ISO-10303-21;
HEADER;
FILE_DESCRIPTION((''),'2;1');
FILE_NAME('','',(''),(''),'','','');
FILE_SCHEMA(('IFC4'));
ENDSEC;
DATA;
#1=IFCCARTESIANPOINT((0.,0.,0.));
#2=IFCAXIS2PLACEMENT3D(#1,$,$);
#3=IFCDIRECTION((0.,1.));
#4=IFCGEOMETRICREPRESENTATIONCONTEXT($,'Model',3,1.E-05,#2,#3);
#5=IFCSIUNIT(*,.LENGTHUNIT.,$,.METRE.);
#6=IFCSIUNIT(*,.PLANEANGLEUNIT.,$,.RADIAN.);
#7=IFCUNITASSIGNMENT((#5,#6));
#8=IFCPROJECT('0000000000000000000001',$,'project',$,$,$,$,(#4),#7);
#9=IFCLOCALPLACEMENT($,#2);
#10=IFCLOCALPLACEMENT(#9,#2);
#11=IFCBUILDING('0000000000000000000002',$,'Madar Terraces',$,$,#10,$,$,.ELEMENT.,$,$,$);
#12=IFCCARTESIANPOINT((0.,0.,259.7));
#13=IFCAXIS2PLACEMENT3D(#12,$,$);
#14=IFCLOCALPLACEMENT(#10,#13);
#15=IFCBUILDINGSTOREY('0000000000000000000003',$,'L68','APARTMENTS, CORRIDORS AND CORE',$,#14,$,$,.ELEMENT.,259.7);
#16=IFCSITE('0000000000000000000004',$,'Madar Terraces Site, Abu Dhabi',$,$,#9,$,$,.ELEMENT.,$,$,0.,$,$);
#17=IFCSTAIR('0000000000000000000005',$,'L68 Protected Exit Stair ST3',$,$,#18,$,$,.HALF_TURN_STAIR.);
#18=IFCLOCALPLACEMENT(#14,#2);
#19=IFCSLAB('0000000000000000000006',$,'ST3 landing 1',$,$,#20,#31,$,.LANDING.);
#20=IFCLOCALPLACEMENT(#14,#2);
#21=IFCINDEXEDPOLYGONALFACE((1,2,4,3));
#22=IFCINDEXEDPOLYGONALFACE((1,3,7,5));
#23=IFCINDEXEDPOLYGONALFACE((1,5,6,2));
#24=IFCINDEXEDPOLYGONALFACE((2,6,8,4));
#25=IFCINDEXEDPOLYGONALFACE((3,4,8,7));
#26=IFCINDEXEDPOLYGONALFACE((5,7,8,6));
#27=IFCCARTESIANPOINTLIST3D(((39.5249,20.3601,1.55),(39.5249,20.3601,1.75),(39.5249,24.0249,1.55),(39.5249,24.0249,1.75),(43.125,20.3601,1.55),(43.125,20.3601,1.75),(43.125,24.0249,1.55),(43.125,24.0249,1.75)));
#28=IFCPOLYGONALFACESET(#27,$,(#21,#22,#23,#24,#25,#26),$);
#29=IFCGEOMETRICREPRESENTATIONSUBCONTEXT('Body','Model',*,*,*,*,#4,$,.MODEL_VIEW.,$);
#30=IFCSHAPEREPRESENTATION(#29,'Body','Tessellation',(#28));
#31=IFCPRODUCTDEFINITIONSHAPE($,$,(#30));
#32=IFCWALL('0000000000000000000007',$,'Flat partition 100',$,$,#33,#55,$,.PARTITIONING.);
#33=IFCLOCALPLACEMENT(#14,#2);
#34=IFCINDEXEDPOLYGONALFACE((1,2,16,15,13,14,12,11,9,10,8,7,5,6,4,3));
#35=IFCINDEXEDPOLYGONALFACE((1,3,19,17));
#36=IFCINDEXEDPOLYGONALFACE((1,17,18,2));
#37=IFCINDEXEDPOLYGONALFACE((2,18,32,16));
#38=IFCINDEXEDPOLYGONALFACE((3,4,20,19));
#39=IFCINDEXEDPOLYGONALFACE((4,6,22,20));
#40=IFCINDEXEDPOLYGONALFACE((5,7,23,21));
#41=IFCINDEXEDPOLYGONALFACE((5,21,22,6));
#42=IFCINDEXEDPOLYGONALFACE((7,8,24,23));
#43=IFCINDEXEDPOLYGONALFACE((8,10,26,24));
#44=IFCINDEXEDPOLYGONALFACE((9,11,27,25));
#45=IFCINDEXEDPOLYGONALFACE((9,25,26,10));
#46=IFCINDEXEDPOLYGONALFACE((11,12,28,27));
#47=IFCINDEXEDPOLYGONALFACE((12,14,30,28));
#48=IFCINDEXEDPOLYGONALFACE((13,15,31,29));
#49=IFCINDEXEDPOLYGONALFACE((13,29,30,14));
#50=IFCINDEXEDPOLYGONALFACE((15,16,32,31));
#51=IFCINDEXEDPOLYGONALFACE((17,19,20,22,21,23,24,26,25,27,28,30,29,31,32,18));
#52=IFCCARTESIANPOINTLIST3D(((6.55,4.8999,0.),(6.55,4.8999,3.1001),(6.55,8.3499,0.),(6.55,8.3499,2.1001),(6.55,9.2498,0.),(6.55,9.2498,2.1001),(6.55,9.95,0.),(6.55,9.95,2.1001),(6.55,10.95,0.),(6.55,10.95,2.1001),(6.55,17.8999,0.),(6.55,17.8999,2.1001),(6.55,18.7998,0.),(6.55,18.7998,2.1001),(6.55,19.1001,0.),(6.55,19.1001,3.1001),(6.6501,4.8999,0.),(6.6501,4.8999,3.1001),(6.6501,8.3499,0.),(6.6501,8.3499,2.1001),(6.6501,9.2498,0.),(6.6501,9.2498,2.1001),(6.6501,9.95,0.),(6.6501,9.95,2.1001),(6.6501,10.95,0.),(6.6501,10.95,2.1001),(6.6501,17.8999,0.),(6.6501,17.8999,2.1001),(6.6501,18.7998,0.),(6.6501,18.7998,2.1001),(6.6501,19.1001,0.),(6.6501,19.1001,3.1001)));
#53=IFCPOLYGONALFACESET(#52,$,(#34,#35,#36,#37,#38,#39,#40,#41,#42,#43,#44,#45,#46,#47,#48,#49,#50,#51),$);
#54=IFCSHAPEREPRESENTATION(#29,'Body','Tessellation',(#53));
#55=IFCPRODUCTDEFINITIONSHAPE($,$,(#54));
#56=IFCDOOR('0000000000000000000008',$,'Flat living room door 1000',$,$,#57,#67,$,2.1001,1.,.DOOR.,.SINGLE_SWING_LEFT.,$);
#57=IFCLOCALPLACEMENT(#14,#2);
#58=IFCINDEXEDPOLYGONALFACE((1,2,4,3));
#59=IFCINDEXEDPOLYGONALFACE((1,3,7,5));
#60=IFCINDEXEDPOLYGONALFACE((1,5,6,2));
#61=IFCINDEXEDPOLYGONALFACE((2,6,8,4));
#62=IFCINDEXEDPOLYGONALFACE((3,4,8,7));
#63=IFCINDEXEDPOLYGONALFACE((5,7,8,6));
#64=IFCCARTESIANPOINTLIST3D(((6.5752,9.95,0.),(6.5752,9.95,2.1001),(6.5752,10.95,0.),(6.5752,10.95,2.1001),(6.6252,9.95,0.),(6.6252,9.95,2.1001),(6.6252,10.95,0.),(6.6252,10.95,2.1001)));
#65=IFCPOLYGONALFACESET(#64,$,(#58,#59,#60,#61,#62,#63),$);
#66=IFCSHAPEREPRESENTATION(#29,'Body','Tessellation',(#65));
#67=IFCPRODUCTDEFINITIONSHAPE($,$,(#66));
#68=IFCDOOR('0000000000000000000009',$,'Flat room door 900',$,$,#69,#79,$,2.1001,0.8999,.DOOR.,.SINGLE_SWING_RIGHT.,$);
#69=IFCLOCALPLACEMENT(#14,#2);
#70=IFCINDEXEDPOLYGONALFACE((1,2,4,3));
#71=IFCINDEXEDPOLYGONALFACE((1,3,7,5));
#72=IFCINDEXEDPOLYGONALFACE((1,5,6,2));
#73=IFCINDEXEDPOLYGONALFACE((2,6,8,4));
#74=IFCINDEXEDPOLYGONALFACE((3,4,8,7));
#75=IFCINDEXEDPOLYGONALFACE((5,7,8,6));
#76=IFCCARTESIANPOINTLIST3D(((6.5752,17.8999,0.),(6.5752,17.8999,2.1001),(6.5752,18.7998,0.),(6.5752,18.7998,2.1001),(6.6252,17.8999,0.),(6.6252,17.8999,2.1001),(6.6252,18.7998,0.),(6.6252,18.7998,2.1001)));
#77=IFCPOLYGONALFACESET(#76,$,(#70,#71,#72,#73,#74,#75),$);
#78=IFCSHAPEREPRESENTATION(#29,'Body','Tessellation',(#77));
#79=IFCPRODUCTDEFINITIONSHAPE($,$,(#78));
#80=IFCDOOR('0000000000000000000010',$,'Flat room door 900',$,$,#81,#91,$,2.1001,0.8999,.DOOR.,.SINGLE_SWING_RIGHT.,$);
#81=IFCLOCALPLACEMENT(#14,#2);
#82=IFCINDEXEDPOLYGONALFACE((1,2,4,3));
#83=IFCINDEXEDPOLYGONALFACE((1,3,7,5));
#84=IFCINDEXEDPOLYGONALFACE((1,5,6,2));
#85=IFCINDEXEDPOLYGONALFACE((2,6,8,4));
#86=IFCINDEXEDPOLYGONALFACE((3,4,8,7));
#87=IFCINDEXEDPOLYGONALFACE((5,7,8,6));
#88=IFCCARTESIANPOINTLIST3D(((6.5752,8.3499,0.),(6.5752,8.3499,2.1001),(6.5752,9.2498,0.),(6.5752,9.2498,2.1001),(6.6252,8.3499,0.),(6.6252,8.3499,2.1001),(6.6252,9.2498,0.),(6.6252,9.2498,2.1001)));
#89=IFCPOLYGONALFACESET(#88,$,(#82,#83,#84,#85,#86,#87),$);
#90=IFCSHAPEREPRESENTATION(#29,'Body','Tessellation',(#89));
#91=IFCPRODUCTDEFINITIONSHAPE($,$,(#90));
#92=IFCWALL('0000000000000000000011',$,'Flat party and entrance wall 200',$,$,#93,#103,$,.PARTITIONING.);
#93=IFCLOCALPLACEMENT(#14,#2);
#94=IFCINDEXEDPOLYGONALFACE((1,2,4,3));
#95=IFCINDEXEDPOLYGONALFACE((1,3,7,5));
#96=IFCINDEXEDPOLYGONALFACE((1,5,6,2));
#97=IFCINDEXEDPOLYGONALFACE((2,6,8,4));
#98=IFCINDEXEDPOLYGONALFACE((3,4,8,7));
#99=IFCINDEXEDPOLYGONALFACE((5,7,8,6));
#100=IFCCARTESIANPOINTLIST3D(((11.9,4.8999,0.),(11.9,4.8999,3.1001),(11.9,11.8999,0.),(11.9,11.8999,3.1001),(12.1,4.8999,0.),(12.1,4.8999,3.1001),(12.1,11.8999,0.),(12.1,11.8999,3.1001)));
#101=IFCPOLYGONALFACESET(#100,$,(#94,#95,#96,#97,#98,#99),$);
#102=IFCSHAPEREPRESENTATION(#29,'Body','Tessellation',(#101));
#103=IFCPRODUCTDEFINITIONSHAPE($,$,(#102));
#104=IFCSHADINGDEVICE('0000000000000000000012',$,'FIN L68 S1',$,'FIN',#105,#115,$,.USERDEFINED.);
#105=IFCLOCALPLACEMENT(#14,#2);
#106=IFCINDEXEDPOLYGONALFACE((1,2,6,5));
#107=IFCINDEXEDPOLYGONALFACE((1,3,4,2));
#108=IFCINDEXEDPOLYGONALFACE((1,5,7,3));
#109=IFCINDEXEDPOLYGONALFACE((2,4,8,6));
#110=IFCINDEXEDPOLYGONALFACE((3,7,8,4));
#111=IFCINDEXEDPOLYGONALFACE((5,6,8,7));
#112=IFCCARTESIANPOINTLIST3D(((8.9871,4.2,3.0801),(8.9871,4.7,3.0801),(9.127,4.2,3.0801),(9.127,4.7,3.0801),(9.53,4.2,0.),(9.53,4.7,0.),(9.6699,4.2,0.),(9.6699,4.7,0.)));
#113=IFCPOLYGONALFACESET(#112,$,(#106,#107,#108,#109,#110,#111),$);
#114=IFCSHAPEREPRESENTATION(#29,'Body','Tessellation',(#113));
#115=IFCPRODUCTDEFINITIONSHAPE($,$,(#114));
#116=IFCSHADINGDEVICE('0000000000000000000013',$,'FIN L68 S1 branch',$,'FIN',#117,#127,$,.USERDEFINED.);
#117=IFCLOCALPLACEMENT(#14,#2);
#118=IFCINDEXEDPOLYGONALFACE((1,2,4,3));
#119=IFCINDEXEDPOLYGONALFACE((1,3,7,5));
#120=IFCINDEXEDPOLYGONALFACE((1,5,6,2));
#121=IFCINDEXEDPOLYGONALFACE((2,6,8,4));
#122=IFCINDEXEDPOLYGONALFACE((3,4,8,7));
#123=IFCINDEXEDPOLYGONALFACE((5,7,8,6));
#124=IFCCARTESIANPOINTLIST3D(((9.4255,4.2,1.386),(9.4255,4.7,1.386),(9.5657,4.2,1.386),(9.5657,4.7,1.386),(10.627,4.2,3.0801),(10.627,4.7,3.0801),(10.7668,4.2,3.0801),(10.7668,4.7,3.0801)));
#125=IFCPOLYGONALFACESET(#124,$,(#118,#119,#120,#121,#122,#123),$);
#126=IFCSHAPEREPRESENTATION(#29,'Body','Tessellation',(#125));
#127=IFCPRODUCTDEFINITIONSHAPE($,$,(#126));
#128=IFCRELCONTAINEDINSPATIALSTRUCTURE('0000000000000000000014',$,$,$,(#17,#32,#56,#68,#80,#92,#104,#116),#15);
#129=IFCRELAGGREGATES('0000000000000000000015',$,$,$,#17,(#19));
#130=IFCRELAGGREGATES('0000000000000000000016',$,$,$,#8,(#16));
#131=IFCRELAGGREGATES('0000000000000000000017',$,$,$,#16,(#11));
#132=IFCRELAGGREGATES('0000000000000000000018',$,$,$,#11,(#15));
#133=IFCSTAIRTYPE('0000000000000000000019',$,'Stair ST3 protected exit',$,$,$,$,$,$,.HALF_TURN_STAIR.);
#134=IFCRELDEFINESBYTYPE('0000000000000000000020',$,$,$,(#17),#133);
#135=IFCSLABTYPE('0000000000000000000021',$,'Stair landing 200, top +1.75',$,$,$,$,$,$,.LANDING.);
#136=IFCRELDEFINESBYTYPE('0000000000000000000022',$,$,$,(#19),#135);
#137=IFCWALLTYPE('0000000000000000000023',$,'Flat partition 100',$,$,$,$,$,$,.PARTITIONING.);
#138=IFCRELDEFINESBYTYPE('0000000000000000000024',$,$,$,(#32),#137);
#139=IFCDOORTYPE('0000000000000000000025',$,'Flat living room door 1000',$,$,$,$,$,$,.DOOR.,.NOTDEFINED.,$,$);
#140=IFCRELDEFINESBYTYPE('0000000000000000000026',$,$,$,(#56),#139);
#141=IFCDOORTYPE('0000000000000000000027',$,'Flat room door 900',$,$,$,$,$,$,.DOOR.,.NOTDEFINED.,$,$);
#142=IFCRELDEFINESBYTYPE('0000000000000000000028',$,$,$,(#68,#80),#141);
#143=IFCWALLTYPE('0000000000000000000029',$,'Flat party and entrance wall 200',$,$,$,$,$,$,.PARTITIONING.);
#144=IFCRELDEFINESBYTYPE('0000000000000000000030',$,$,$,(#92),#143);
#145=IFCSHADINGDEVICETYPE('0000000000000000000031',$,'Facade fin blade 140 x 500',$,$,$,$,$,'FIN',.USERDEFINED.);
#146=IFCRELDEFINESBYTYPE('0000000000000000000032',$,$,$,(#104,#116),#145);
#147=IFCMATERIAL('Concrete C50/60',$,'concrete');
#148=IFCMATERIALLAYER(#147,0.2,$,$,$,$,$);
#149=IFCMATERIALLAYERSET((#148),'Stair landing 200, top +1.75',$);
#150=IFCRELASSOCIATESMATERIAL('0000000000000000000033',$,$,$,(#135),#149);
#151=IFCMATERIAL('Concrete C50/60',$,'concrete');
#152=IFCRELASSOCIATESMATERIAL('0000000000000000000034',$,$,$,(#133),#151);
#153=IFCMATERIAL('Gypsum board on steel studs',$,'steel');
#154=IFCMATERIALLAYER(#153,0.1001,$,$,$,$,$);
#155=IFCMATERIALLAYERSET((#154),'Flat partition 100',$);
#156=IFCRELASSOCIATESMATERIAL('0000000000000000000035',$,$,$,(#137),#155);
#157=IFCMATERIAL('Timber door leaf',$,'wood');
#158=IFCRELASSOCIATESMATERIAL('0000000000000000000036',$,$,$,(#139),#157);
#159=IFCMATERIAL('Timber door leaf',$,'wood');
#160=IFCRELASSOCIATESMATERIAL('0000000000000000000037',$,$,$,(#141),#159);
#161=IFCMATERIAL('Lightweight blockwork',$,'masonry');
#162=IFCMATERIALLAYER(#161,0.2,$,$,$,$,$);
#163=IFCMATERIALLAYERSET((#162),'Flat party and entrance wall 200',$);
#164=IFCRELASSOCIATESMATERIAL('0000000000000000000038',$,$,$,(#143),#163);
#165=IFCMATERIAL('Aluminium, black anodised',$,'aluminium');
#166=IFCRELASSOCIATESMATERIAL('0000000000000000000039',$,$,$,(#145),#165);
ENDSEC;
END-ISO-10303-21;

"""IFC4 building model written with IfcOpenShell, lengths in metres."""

from ifc_helpers import new_model, si_unit, direction, frame, frame_2d, origin, place, context, subcontext, project, spatial, polyline, rectangle, outline, extrude, material, layer, layer_set, type_object, element, fill, aggregate, save


model = new_model("IFC4")

# Units and contexts
model_context = context("Model", 3, precision=1e-05, world=origin(), true_north=direction((0.0, 1.0)))
body_context = subcontext(model_context, "Body", "Model", "MODEL_VIEW")
ifc_project = project(units=[si_unit("LENGTHUNIT", "METRE"), si_unit("PLANEANGLEUNIT", "RADIAN")], contexts=[model_context])

# Site, building, storey
site_placement = place(None, origin())
site = spatial("IfcSite", under=ifc_project, at=site_placement, Name="Madar Terraces Site, Abu Dhabi", CompositionType="ELEMENT", RefElevation=0.0)
building_placement = place(site_placement, origin())
building = spatial("IfcBuilding", under=site, at=building_placement, Name="Madar Terraces", CompositionType="ELEMENT")
storey_placement = place(building_placement, frame((0.0, 0.0, 259.7)))
storey = spatial("IfcBuildingStorey", under=building, at=storey_placement, Name="L68", Description="APARTMENTS, CORRIDORS AND CORE", CompositionType="ELEMENT", Elevation=259.7)

# Stair, slab
ifc_material_1 = material(Name="Concrete C50/60", Category="concrete")
ifc_layer_1 = layer(ifc_material_1, 0.2)
ifc_layer_set_1 = layer_set([ifc_layer_1], Name="Stair landing 200, top +1.75")
slab_type_1 = type_object("IfcSlabType", Name="Stair landing 200, top +1.75", PredefinedType="LANDING", material=ifc_layer_set_1)
ifc_material_2 = material(Name="Concrete C50/60", Category="concrete")
stair_type_1 = type_object("IfcStairType", Name="Stair ST3 protected exit", PredefinedType="HALF_TURN_STAIR", material=ifc_material_2)
stair_1_placement = place(storey_placement, origin())
stair_1 = element("IfcStair", 1, at=stair_1_placement, inside=storey, type_object=stair_type_1, Name="L68 Protected Exit Stair ST3", PredefinedType="HALF_TURN_STAIR")
slab_1_placement = place(storey_placement, frame((0.0, 0.0, 1.55)))
slab_1 = element("IfcSlab", 2, at=slab_1_placement, type_object=slab_type_1, Name="ST3 landing 1", PredefinedType="LANDING", context=body_context, shape_type="SweptSolid", body=[
    extrude(outline(polyline([(39.5249, 20.3601), (43.125, 20.3601), (43.125, 24.0249), (39.5249, 24.0249), (39.5249, 20.3601)])), origin(), (0.0, 0.0, 1.0), 0.2),
])
aggregate(stair_1, [slab_1])

# Wall, openings, doors
ifc_material_3 = material(Name="Gypsum board on steel studs", Category="steel")
ifc_layer_2 = layer(ifc_material_3, 0.1001)
ifc_layer_set_2 = layer_set([ifc_layer_2], Name="Flat partition 100")
wall_type_1 = type_object("IfcWallType", Name="Flat partition 100", PredefinedType="PARTITIONING", material=ifc_layer_set_2)
wall_1_placement = place(storey_placement, frame((6.6001, 4.8999, 0.0), z_axis=(0.0, 0.0, 1.0), x_axis=(0.0, 1.0, 0.0)))
wall_1 = element("IfcWall", 3, at=wall_1_placement, inside=storey, type_object=wall_type_1, Name="Flat partition 100", PredefinedType="PARTITIONING", context=body_context, shape_type="SweptSolid", body=[
    extrude(rectangle(XDim=14.2002, YDim=0.1001, at=frame_2d((7.1001, 0.0))), origin(), (0.0, 0.0, 1.0), 3.1001),
])
opening_1_placement = place(wall_1_placement, frame((13.0, 0.0, 0.0)))
opening_1 = element("IfcOpeningElement", 4, at=opening_1_placement, cuts=wall_1, PredefinedType="OPENING", context=body_context, shape_type="SweptSolid", body=[
    extrude(rectangle(XDim=0.8999, YDim=2.1001, at=frame_2d((0.45, 1.05))), frame((0.0, 0.0601, 0.0), z_axis=(0.0, -1.0, 0.0), x_axis=(1.0, 0.0, 0.0)), (0.0, 0.0, 1.0), 0.1201),
])
opening_2_placement = place(wall_1_placement, frame((5.05, 0.0, 0.0)))
opening_2 = element("IfcOpeningElement", 5, at=opening_2_placement, cuts=wall_1, PredefinedType="OPENING", context=body_context, shape_type="SweptSolid", body=[
    extrude(rectangle(XDim=1.0, YDim=2.1001, at=frame_2d((0.5, 1.05))), frame((0.0, 0.0601, 0.0), z_axis=(0.0, -1.0, 0.0), x_axis=(1.0, 0.0, 0.0)), (0.0, 0.0, 1.0), 0.1201),
])
opening_3_placement = place(wall_1_placement, frame((3.45, 0.0, 0.0)))
opening_3 = element("IfcOpeningElement", 6, at=opening_3_placement, cuts=wall_1, PredefinedType="OPENING", context=body_context, shape_type="SweptSolid", body=[
    extrude(rectangle(XDim=0.8999, YDim=2.1001, at=frame_2d((0.45, 1.05))), frame((0.0, 0.0601, 0.0), z_axis=(0.0, -1.0, 0.0), x_axis=(1.0, 0.0, 0.0)), (0.0, 0.0, 1.0), 0.1201),
])
ifc_material_4 = material(Name="Timber door leaf", Category="wood")
door_type_1 = type_object("IfcDoorType", Name="Flat living room door 1000", OperationType="NOTDEFINED", PredefinedType="DOOR", material=ifc_material_4)
door_1_placement = place(opening_2_placement, origin())
door_1 = element("IfcDoor", 7, at=door_1_placement, inside=storey, type_object=door_type_1, Name="Flat living room door 1000", OperationType="SINGLE_SWING_LEFT", OverallHeight=2.1001, OverallWidth=1.0, PredefinedType="DOOR", context=body_context, shape_type="SweptSolid", body=[
    extrude(rectangle(XDim=1.0, YDim=2.1001, at=frame_2d((0.5, 1.05))), frame((0.0, 0.0249, 0.0), z_axis=(0.0, -1.0, 0.0), x_axis=(1.0, 0.0, 0.0)), (0.0, 0.0, 1.0), 0.05),
])
fill(opening_2, door_1)
ifc_material_5 = material(Name="Timber door leaf", Category="wood")
door_type_2 = type_object("IfcDoorType", Name="Flat room door 900", OperationType="NOTDEFINED", PredefinedType="DOOR", material=ifc_material_5)
door_2_placement = place(opening_1_placement, origin())
door_2 = element("IfcDoor", 8, at=door_2_placement, inside=storey, type_object=door_type_2, Name="Flat room door 900", OperationType="SINGLE_SWING_RIGHT", OverallHeight=2.1001, OverallWidth=0.8999, PredefinedType="DOOR", context=body_context, shape_type="SweptSolid", body=[
    extrude(rectangle(XDim=0.8999, YDim=2.1001, at=frame_2d((0.45, 1.05))), frame((0.0, 0.0249, 0.0), z_axis=(0.0, -1.0, 0.0), x_axis=(1.0, 0.0, 0.0)), (0.0, 0.0, 1.0), 0.05),
])
fill(opening_1, door_2)
door_3_placement = place(opening_3_placement, origin())
door_3 = element("IfcDoor", 9, at=door_3_placement, inside=storey, type_object=door_type_2, Name="Flat room door 900", OperationType="SINGLE_SWING_RIGHT", OverallHeight=2.1001, OverallWidth=0.8999, PredefinedType="DOOR", context=body_context, shape_type="SweptSolid", body=[
    extrude(rectangle(XDim=0.8999, YDim=2.1001, at=frame_2d((0.45, 1.05))), frame((0.0, 0.0249, 0.0), z_axis=(0.0, -1.0, 0.0), x_axis=(1.0, 0.0, 0.0)), (0.0, 0.0, 1.0), 0.05),
])
fill(opening_3, door_3)

# Wall
ifc_material_6 = material(Name="Lightweight blockwork", Category="masonry")
ifc_layer_3 = layer(ifc_material_6, 0.2)
ifc_layer_set_3 = layer_set([ifc_layer_3], Name="Flat party and entrance wall 200")
wall_type_2 = type_object("IfcWallType", Name="Flat party and entrance wall 200", PredefinedType="PARTITIONING", material=ifc_layer_set_3)
wall_2_placement = place(storey_placement, frame((12.0, 4.8999, 0.0), z_axis=(0.0, 0.0, 1.0), x_axis=(0.0, 1.0, 0.0)))
element("IfcWall", 10, at=wall_2_placement, inside=storey, type_object=wall_type_2, Name="Flat party and entrance wall 200", PredefinedType="PARTITIONING", context=body_context, shape_type="SweptSolid", body=[
    extrude(rectangle(XDim=7.0, YDim=0.2, at=frame_2d((3.5, 0.0))), origin(), (0.0, 0.0, 1.0), 3.1001),
])

# Shading devices
ifc_material_7 = material(Name="Aluminium, black anodised", Category="aluminium")
shading_device_type = type_object("IfcShadingDeviceType", Name="Facade fin blade 140 x 500", ElementType="FIN", PredefinedType="USERDEFINED", material=ifc_material_7)
shading_device_1_placement = place(storey_placement, frame((9.53, 4.45, 0.0), z_axis=(0.0, 0.0, 1.0), x_axis=(1.0, 0.0, 0.0)))
element("IfcShadingDevice", 11, at=shading_device_1_placement, inside=storey, type_object=shading_device_type, Name="FIN L68 S1", ObjectType="FIN", PredefinedType="USERDEFINED", context=body_context, shape_type="SweptSolid", body=[
    extrude(outline(polyline([(0.0, 0.0), (0.1399, 0.0), (-0.4031, 3.0801), (-0.543, 3.0801), (0.0, 0.0)])), frame((0.0, 0.25, 0.0), z_axis=(0.0, -1.0, 0.0), x_axis=(1.0, 0.0, 0.0)), (0.0, 0.0, 1.0), 0.5),
])
shading_device_2_placement = place(storey_placement, frame((9.4255, 4.45, 1.386), z_axis=(0.0, 0.0, 1.0), x_axis=(1.0, 0.0, 0.0)))
element("IfcShadingDevice", 12, at=shading_device_2_placement, inside=storey, type_object=shading_device_type, Name="FIN L68 S1 branch", ObjectType="FIN", PredefinedType="USERDEFINED", context=body_context, shape_type="SweptSolid", body=[
    extrude(outline(polyline([(0.0, 0.0), (0.1401, 0.0), (1.3413, 1.6941), (1.2014, 1.6941), (0.0, 0.0)])), frame((0.0, 0.25, 0.0), z_axis=(0.0, -1.0, 0.0), x_axis=(1.0, 0.0, 0.0)), (0.0, 0.0, 1.0), 0.5),
])

save(model, "model.ifc")
